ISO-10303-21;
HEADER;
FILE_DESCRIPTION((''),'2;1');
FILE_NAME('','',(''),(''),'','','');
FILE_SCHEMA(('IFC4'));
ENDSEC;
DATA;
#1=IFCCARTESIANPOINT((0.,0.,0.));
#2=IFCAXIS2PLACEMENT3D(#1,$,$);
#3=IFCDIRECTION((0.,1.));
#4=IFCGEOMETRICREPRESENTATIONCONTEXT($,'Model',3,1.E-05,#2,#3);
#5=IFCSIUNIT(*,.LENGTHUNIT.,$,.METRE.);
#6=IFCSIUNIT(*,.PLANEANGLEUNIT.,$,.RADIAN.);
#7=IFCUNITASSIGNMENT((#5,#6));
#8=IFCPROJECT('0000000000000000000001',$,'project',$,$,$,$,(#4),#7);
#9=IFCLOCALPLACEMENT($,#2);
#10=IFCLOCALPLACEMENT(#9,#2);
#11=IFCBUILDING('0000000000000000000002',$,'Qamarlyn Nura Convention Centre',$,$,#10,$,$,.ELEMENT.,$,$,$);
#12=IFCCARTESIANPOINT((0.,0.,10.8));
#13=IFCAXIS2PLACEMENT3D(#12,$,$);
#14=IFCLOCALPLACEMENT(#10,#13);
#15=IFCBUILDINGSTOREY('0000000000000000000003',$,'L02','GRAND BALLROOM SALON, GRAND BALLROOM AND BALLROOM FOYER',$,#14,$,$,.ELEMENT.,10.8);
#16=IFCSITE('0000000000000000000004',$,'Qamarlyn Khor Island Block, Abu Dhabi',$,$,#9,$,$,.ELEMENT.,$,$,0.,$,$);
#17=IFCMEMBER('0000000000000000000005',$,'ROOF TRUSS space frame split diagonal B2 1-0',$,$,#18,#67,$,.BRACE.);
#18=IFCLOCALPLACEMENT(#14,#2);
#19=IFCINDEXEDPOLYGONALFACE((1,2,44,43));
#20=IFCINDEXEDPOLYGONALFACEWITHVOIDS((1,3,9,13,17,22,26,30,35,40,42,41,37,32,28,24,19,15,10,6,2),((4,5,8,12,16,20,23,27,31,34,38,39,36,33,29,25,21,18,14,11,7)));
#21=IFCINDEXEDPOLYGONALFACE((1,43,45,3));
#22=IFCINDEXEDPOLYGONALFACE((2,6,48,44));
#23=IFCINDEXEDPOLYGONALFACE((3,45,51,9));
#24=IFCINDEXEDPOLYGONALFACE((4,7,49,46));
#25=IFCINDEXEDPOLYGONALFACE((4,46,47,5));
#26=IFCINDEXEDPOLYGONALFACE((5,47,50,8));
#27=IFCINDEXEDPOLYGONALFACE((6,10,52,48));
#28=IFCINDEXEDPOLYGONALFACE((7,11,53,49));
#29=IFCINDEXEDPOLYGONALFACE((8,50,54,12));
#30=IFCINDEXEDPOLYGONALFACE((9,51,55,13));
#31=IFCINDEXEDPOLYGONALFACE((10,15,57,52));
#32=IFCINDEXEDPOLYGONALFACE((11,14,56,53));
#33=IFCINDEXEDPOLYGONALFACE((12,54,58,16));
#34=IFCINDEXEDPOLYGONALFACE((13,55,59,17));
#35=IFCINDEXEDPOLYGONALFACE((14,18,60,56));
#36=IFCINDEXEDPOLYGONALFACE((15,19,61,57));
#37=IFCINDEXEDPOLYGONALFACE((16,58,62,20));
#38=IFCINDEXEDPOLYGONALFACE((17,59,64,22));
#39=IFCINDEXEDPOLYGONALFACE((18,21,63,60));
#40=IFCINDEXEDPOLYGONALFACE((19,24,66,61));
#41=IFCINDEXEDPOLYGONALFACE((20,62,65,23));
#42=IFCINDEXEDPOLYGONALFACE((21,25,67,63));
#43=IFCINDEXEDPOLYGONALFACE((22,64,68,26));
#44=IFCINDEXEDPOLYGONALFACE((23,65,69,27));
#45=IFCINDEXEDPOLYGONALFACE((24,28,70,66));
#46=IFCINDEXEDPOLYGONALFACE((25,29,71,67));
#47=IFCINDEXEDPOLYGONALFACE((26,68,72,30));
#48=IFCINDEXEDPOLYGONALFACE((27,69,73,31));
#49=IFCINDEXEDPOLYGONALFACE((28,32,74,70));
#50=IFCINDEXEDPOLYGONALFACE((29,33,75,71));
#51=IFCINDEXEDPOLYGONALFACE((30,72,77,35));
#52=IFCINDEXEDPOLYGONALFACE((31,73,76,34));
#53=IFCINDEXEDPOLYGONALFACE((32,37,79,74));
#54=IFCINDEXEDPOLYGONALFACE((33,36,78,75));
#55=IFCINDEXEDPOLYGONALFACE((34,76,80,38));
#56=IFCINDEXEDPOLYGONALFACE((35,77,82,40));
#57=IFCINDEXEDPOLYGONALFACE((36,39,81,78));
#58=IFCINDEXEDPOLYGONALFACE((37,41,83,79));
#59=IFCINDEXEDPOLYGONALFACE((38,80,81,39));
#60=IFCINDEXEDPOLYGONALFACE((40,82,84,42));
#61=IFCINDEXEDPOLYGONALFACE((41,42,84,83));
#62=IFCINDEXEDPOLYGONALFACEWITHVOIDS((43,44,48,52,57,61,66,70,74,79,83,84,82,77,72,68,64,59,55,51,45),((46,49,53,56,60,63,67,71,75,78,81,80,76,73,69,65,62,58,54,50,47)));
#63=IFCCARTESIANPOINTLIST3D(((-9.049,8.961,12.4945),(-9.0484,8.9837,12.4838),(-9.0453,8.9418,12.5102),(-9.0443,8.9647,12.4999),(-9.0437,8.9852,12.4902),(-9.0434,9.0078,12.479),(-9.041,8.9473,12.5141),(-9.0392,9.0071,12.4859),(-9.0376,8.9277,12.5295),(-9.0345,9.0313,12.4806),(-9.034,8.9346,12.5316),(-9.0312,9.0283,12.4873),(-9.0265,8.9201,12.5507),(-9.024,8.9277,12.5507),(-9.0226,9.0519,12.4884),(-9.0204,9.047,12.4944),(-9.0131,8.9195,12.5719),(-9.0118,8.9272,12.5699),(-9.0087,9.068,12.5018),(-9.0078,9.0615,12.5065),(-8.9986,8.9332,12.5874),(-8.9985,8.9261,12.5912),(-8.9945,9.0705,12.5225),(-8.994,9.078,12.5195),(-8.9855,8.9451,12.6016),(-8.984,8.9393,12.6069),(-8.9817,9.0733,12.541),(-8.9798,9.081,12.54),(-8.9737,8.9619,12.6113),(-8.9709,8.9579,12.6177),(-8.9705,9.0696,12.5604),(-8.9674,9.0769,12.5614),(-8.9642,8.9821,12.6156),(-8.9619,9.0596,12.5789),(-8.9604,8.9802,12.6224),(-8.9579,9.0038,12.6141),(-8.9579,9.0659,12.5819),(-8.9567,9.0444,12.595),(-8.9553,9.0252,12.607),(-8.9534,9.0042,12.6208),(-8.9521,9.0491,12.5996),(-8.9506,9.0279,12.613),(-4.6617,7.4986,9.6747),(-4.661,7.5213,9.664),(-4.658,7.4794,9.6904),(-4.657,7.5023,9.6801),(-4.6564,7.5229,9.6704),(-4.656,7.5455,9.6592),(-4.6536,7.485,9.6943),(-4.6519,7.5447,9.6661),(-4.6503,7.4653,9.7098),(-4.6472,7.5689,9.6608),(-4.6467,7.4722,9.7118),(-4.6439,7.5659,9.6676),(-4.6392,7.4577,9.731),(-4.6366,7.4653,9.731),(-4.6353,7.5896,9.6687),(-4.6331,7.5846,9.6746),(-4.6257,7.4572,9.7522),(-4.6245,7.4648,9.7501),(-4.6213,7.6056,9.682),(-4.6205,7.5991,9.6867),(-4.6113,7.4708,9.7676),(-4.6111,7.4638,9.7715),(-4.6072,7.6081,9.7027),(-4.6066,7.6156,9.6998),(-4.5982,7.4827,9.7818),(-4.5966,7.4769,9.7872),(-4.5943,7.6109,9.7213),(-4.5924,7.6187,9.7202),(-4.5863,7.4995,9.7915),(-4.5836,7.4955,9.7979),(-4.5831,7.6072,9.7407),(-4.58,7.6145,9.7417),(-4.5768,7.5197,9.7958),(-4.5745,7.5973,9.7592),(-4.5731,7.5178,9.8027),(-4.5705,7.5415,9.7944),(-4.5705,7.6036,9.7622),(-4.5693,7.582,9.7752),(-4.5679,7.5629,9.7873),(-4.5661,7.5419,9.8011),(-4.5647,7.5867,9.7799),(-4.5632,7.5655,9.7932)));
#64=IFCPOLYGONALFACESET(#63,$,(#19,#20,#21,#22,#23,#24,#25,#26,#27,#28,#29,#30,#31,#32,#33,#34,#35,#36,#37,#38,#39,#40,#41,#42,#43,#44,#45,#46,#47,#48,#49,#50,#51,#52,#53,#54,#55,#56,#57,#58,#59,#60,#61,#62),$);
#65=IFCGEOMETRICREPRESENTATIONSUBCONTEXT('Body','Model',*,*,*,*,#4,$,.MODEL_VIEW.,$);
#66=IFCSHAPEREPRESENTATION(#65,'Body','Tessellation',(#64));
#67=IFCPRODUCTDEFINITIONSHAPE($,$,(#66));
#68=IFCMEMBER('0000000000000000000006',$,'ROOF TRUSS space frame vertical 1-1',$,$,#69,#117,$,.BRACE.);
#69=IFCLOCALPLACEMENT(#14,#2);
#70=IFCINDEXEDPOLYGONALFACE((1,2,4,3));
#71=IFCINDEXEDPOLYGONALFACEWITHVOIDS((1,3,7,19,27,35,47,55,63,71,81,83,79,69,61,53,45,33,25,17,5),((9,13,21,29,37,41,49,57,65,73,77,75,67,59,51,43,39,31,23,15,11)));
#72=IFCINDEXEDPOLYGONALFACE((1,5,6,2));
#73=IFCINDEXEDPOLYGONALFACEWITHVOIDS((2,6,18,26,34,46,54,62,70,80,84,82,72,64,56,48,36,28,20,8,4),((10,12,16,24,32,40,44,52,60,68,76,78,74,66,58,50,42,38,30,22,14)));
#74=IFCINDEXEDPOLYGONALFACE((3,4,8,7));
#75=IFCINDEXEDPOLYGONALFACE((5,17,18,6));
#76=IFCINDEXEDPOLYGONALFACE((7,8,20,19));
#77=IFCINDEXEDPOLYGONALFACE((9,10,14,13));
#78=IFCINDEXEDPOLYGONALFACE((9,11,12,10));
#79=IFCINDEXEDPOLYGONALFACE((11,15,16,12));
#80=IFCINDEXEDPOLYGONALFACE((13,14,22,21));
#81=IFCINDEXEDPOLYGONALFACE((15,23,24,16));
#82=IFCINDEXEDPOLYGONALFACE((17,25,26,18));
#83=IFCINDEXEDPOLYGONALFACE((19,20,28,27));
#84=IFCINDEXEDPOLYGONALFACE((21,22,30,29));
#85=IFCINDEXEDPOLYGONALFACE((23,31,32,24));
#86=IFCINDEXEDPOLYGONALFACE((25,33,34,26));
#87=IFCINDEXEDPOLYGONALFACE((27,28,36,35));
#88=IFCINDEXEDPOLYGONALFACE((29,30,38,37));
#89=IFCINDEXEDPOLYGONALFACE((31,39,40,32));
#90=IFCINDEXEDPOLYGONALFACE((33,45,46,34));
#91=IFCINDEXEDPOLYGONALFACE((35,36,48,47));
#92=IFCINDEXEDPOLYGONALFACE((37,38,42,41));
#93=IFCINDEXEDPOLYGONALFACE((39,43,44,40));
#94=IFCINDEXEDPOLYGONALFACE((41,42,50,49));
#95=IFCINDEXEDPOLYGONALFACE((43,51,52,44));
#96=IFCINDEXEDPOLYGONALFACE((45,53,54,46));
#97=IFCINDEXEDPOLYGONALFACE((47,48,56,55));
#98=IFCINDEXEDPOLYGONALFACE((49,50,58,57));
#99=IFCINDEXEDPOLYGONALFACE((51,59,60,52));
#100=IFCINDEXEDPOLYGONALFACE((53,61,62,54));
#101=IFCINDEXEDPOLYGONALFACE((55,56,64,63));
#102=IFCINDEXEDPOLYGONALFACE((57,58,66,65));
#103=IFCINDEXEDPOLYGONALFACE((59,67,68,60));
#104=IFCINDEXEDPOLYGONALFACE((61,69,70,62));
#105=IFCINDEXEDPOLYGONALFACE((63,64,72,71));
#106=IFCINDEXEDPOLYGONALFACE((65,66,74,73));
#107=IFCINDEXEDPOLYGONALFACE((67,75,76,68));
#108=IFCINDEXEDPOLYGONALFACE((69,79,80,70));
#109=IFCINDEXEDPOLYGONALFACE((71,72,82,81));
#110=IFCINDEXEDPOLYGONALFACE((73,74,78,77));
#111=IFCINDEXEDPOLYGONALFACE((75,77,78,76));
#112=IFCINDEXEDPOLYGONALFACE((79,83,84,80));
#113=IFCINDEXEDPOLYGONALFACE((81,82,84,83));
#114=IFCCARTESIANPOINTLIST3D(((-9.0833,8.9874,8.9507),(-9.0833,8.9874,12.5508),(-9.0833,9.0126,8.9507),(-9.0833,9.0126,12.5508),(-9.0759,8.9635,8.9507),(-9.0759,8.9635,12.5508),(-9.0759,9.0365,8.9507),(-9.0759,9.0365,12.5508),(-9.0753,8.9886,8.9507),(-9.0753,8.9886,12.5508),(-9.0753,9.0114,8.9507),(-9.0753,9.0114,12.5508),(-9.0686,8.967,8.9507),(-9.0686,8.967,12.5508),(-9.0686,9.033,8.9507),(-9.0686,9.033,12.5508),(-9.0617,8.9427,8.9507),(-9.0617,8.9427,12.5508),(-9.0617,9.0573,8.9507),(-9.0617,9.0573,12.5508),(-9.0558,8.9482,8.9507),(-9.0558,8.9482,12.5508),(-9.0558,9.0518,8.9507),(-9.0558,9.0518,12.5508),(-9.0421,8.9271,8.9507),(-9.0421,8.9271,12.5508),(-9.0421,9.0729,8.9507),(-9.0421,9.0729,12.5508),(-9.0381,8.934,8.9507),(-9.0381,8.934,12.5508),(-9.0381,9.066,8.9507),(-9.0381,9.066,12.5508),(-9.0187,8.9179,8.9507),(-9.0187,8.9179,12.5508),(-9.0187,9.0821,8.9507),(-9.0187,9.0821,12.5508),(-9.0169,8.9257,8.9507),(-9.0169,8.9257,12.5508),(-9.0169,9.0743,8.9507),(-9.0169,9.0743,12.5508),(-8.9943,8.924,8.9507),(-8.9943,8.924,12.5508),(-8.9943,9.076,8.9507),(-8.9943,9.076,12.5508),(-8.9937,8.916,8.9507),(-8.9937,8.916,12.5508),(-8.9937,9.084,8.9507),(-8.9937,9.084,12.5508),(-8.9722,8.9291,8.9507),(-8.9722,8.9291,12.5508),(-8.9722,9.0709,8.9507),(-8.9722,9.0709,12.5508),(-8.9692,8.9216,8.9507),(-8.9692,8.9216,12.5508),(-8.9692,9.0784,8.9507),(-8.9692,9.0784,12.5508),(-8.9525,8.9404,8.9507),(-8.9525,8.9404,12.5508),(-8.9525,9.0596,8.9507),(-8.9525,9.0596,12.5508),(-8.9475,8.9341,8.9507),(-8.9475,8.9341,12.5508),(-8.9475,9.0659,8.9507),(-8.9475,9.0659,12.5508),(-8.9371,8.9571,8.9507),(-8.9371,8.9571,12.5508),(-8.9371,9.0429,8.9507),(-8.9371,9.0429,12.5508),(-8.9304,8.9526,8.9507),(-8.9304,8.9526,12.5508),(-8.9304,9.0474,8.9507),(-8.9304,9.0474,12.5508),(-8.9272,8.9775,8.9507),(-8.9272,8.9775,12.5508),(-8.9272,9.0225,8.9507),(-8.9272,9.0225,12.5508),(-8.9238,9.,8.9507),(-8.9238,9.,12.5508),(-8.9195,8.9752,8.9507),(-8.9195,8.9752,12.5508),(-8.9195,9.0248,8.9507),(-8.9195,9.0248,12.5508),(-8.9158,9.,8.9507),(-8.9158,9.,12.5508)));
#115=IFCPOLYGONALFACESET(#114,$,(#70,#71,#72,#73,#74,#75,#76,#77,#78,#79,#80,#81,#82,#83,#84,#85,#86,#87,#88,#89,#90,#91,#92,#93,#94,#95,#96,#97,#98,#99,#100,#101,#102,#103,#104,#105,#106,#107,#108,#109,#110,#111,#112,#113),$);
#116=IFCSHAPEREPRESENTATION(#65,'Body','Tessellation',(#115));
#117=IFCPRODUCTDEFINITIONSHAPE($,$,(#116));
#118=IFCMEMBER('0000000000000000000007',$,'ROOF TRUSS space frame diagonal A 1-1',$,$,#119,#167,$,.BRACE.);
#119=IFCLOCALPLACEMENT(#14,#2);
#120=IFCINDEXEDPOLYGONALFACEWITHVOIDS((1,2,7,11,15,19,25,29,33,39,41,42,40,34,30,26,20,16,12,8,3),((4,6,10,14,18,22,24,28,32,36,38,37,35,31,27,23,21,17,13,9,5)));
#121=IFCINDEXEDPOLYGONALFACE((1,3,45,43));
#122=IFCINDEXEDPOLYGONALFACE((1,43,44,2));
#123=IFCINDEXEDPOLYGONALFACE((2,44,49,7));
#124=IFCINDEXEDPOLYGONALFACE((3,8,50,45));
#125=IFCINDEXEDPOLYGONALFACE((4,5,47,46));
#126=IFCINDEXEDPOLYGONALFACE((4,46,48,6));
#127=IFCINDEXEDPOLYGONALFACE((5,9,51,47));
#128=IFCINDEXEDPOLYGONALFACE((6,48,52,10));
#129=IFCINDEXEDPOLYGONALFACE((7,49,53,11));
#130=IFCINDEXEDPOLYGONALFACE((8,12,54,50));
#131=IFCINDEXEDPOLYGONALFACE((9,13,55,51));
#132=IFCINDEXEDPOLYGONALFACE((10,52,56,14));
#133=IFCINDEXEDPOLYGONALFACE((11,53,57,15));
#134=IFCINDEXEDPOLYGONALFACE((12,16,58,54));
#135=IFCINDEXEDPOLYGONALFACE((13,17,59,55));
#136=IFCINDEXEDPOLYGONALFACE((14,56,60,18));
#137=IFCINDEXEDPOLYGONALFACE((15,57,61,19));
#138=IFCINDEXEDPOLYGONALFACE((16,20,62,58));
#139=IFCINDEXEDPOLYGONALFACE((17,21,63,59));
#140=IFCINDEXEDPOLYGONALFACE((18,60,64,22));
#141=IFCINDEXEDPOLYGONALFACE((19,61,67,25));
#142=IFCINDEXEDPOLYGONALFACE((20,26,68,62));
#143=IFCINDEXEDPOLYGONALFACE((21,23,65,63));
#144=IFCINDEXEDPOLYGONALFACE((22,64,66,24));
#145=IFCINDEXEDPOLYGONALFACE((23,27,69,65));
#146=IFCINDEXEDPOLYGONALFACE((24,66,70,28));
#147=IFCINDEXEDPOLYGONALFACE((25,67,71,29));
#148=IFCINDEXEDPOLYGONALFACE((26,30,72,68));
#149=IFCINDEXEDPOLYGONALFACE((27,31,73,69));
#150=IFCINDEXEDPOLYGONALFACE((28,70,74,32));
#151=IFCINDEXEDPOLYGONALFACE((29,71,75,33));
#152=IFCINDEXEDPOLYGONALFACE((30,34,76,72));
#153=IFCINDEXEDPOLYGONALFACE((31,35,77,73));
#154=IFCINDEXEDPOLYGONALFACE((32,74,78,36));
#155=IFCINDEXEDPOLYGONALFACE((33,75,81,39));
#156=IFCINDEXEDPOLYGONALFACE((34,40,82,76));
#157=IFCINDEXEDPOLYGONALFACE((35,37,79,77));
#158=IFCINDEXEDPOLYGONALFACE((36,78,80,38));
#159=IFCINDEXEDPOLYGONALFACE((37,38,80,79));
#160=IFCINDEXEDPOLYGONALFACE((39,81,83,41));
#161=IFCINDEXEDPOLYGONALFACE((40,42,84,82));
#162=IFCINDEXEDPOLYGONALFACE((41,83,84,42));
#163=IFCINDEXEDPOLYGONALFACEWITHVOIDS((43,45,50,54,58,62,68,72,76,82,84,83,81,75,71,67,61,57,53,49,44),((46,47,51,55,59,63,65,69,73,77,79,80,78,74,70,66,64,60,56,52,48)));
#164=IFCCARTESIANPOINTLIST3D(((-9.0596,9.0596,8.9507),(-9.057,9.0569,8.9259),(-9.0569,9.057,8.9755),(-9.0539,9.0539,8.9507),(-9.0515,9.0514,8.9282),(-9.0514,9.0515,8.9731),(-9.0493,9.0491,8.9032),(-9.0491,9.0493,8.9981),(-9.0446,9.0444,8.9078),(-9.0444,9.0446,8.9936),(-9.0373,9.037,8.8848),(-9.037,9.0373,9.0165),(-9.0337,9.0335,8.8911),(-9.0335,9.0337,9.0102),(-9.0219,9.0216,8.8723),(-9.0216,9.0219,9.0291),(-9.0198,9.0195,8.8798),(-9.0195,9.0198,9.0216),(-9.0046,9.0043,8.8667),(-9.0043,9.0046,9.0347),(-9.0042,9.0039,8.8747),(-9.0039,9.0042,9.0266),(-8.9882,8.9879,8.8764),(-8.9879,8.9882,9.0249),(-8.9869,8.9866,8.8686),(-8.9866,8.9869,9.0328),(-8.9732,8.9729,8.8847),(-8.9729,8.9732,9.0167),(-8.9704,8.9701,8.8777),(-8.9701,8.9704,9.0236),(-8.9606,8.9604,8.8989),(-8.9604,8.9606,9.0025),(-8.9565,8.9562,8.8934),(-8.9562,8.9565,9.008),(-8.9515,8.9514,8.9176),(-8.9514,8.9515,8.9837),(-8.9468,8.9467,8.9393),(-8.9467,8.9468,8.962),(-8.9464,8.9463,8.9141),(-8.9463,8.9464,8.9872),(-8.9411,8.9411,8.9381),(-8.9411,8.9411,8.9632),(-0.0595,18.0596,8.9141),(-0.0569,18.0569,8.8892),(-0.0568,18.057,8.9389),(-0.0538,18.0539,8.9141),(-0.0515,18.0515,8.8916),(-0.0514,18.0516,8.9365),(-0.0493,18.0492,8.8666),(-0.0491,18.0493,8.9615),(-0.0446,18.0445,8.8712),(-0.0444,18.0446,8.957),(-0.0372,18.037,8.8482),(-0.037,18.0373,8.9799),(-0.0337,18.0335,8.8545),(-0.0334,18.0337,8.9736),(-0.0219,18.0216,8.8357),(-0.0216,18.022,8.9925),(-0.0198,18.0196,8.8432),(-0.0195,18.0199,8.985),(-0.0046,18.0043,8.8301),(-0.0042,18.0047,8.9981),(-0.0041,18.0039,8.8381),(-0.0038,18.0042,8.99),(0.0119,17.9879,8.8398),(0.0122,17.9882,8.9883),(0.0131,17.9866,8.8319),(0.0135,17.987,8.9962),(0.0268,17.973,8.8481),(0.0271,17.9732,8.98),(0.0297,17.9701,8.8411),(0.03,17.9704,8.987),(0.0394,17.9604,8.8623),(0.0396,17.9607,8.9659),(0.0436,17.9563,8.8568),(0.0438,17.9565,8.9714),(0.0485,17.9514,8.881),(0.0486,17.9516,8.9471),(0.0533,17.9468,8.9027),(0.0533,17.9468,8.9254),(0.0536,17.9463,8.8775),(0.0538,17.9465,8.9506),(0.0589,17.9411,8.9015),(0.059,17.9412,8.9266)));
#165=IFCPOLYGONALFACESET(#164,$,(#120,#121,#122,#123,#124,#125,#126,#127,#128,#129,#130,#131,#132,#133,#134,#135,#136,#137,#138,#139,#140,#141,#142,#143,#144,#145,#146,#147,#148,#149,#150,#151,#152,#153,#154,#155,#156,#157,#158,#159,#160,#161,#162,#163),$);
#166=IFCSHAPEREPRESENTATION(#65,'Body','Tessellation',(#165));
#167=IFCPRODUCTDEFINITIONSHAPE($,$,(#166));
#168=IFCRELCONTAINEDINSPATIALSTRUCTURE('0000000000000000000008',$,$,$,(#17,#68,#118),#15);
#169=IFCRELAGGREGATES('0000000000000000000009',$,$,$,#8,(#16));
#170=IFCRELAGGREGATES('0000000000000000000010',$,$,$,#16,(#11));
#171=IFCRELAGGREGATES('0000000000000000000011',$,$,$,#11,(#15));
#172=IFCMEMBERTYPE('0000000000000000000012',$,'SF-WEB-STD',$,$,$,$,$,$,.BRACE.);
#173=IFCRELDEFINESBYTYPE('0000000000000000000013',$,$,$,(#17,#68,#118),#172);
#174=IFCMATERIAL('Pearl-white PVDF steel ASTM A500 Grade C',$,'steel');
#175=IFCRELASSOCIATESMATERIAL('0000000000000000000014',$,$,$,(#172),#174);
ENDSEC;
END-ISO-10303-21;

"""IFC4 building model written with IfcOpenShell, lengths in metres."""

from ifc_helpers import new_model, si_unit, direction, frame, origin, origin_2d, place, context, subcontext, project, spatial, hollow_circle, extrude, material, material_profile, profile_set, type_object, element, save


model = new_model("IFC4")

# Units and contexts
model_context = context("Model", 3, precision=1e-05, world=origin(), true_north=direction((0.0, 1.0)))
body_context = subcontext(model_context, "Body", "Model", "MODEL_VIEW")
ifc_project = project(units=[si_unit("LENGTHUNIT", "METRE"), si_unit("PLANEANGLEUNIT", "RADIAN")], contexts=[model_context])

# Site, building, storey
site_placement = place(None, origin())
site = spatial("IfcSite", under=ifc_project, at=site_placement, Name="Qamarlyn Khor Island Block, Abu Dhabi", CompositionType="ELEMENT", RefElevation=0.0)
building_placement = place(site_placement, origin())
building = spatial("IfcBuilding", under=site, at=building_placement, Name="Qamarlyn Nura Convention Centre", CompositionType="ELEMENT")
storey_placement = place(building_placement, frame((0.0, 0.0, 10.8)))
storey = spatial("IfcBuildingStorey", under=building, at=storey_placement, Name="L02", Description="GRAND BALLROOM SALON, GRAND BALLROOM AND BALLROOM FOYER", CompositionType="ELEMENT", Elevation=10.8)

# Members
ifc_material_1 = material(Name="Pearl-white PVDF steel ASTM A500 Grade C", Category="steel")
ifc_material_profile_1 = material_profile(ifc_material_1, hollow_circle(Radius=0.0842, WallThickness=0.0081, at=origin_2d()), Name="CHS168.3X8")
ifc_profile_set_1 = profile_set([ifc_material_profile_1], Name="Pearl-white PVDF steel ASTM A500 Grade C")
member_type_1 = type_object("IfcMemberType", Name="SF-WEB-STD", PredefinedType="BRACE", material=ifc_profile_set_1)
member_1_placement = place(storey_placement, frame((-4.6125, 7.5376, 9.731), z_axis=(-0.809998, 0.269984, 0.520588), x_axis=(-0.316212, -0.948689, 0.0)))
element("IfcMember", 1, at=member_1_placement, inside=storey, type_object=member_type_1, Name="ROOF TRUSS space frame split diagonal B2 1-0", PredefinedType="BRACE", context=body_context, shape_type="SweptSolid", body=[
    extrude(hollow_circle(Radius=0.0842, WallThickness=0.0081, at=origin_2d()), origin(), (0.0, 0.0, 1.0), 5.4165),
])
member_2_placement = place(storey_placement, frame((-9.0, 9.0, 8.9507), z_axis=(0.0, 0.0, 1.0), x_axis=(1.0, 0.0, 0.0)))
element("IfcMember", 2, at=member_2_placement, inside=storey, type_object=member_type_1, Name="ROOF TRUSS space frame vertical 1-1", PredefinedType="BRACE", context=body_context, shape_type="SweptSolid", body=[
    extrude(hollow_circle(Radius=0.0842, WallThickness=0.0081, at=origin_2d()), origin(), (0.0, 0.0, 1.0), 3.6001),
])
member_3_placement = place(storey_placement, frame((-9.0, 9.0, 8.9507), z_axis=(0.707104, 0.707104, -0.002877), x_axis=(-0.707107, 0.707107, 0.0)))
element("IfcMember", 3, at=member_3_placement, inside=storey, type_object=member_type_1, Name="ROOF TRUSS space frame diagonal A 1-1", PredefinedType="BRACE", context=body_context, shape_type="SweptSolid", body=[
    extrude(hollow_circle(Radius=0.0842, WallThickness=0.0081, at=origin_2d()), origin(), (0.0, 0.0, 1.0), 12.728),
])

save(model, "model.ifc")
